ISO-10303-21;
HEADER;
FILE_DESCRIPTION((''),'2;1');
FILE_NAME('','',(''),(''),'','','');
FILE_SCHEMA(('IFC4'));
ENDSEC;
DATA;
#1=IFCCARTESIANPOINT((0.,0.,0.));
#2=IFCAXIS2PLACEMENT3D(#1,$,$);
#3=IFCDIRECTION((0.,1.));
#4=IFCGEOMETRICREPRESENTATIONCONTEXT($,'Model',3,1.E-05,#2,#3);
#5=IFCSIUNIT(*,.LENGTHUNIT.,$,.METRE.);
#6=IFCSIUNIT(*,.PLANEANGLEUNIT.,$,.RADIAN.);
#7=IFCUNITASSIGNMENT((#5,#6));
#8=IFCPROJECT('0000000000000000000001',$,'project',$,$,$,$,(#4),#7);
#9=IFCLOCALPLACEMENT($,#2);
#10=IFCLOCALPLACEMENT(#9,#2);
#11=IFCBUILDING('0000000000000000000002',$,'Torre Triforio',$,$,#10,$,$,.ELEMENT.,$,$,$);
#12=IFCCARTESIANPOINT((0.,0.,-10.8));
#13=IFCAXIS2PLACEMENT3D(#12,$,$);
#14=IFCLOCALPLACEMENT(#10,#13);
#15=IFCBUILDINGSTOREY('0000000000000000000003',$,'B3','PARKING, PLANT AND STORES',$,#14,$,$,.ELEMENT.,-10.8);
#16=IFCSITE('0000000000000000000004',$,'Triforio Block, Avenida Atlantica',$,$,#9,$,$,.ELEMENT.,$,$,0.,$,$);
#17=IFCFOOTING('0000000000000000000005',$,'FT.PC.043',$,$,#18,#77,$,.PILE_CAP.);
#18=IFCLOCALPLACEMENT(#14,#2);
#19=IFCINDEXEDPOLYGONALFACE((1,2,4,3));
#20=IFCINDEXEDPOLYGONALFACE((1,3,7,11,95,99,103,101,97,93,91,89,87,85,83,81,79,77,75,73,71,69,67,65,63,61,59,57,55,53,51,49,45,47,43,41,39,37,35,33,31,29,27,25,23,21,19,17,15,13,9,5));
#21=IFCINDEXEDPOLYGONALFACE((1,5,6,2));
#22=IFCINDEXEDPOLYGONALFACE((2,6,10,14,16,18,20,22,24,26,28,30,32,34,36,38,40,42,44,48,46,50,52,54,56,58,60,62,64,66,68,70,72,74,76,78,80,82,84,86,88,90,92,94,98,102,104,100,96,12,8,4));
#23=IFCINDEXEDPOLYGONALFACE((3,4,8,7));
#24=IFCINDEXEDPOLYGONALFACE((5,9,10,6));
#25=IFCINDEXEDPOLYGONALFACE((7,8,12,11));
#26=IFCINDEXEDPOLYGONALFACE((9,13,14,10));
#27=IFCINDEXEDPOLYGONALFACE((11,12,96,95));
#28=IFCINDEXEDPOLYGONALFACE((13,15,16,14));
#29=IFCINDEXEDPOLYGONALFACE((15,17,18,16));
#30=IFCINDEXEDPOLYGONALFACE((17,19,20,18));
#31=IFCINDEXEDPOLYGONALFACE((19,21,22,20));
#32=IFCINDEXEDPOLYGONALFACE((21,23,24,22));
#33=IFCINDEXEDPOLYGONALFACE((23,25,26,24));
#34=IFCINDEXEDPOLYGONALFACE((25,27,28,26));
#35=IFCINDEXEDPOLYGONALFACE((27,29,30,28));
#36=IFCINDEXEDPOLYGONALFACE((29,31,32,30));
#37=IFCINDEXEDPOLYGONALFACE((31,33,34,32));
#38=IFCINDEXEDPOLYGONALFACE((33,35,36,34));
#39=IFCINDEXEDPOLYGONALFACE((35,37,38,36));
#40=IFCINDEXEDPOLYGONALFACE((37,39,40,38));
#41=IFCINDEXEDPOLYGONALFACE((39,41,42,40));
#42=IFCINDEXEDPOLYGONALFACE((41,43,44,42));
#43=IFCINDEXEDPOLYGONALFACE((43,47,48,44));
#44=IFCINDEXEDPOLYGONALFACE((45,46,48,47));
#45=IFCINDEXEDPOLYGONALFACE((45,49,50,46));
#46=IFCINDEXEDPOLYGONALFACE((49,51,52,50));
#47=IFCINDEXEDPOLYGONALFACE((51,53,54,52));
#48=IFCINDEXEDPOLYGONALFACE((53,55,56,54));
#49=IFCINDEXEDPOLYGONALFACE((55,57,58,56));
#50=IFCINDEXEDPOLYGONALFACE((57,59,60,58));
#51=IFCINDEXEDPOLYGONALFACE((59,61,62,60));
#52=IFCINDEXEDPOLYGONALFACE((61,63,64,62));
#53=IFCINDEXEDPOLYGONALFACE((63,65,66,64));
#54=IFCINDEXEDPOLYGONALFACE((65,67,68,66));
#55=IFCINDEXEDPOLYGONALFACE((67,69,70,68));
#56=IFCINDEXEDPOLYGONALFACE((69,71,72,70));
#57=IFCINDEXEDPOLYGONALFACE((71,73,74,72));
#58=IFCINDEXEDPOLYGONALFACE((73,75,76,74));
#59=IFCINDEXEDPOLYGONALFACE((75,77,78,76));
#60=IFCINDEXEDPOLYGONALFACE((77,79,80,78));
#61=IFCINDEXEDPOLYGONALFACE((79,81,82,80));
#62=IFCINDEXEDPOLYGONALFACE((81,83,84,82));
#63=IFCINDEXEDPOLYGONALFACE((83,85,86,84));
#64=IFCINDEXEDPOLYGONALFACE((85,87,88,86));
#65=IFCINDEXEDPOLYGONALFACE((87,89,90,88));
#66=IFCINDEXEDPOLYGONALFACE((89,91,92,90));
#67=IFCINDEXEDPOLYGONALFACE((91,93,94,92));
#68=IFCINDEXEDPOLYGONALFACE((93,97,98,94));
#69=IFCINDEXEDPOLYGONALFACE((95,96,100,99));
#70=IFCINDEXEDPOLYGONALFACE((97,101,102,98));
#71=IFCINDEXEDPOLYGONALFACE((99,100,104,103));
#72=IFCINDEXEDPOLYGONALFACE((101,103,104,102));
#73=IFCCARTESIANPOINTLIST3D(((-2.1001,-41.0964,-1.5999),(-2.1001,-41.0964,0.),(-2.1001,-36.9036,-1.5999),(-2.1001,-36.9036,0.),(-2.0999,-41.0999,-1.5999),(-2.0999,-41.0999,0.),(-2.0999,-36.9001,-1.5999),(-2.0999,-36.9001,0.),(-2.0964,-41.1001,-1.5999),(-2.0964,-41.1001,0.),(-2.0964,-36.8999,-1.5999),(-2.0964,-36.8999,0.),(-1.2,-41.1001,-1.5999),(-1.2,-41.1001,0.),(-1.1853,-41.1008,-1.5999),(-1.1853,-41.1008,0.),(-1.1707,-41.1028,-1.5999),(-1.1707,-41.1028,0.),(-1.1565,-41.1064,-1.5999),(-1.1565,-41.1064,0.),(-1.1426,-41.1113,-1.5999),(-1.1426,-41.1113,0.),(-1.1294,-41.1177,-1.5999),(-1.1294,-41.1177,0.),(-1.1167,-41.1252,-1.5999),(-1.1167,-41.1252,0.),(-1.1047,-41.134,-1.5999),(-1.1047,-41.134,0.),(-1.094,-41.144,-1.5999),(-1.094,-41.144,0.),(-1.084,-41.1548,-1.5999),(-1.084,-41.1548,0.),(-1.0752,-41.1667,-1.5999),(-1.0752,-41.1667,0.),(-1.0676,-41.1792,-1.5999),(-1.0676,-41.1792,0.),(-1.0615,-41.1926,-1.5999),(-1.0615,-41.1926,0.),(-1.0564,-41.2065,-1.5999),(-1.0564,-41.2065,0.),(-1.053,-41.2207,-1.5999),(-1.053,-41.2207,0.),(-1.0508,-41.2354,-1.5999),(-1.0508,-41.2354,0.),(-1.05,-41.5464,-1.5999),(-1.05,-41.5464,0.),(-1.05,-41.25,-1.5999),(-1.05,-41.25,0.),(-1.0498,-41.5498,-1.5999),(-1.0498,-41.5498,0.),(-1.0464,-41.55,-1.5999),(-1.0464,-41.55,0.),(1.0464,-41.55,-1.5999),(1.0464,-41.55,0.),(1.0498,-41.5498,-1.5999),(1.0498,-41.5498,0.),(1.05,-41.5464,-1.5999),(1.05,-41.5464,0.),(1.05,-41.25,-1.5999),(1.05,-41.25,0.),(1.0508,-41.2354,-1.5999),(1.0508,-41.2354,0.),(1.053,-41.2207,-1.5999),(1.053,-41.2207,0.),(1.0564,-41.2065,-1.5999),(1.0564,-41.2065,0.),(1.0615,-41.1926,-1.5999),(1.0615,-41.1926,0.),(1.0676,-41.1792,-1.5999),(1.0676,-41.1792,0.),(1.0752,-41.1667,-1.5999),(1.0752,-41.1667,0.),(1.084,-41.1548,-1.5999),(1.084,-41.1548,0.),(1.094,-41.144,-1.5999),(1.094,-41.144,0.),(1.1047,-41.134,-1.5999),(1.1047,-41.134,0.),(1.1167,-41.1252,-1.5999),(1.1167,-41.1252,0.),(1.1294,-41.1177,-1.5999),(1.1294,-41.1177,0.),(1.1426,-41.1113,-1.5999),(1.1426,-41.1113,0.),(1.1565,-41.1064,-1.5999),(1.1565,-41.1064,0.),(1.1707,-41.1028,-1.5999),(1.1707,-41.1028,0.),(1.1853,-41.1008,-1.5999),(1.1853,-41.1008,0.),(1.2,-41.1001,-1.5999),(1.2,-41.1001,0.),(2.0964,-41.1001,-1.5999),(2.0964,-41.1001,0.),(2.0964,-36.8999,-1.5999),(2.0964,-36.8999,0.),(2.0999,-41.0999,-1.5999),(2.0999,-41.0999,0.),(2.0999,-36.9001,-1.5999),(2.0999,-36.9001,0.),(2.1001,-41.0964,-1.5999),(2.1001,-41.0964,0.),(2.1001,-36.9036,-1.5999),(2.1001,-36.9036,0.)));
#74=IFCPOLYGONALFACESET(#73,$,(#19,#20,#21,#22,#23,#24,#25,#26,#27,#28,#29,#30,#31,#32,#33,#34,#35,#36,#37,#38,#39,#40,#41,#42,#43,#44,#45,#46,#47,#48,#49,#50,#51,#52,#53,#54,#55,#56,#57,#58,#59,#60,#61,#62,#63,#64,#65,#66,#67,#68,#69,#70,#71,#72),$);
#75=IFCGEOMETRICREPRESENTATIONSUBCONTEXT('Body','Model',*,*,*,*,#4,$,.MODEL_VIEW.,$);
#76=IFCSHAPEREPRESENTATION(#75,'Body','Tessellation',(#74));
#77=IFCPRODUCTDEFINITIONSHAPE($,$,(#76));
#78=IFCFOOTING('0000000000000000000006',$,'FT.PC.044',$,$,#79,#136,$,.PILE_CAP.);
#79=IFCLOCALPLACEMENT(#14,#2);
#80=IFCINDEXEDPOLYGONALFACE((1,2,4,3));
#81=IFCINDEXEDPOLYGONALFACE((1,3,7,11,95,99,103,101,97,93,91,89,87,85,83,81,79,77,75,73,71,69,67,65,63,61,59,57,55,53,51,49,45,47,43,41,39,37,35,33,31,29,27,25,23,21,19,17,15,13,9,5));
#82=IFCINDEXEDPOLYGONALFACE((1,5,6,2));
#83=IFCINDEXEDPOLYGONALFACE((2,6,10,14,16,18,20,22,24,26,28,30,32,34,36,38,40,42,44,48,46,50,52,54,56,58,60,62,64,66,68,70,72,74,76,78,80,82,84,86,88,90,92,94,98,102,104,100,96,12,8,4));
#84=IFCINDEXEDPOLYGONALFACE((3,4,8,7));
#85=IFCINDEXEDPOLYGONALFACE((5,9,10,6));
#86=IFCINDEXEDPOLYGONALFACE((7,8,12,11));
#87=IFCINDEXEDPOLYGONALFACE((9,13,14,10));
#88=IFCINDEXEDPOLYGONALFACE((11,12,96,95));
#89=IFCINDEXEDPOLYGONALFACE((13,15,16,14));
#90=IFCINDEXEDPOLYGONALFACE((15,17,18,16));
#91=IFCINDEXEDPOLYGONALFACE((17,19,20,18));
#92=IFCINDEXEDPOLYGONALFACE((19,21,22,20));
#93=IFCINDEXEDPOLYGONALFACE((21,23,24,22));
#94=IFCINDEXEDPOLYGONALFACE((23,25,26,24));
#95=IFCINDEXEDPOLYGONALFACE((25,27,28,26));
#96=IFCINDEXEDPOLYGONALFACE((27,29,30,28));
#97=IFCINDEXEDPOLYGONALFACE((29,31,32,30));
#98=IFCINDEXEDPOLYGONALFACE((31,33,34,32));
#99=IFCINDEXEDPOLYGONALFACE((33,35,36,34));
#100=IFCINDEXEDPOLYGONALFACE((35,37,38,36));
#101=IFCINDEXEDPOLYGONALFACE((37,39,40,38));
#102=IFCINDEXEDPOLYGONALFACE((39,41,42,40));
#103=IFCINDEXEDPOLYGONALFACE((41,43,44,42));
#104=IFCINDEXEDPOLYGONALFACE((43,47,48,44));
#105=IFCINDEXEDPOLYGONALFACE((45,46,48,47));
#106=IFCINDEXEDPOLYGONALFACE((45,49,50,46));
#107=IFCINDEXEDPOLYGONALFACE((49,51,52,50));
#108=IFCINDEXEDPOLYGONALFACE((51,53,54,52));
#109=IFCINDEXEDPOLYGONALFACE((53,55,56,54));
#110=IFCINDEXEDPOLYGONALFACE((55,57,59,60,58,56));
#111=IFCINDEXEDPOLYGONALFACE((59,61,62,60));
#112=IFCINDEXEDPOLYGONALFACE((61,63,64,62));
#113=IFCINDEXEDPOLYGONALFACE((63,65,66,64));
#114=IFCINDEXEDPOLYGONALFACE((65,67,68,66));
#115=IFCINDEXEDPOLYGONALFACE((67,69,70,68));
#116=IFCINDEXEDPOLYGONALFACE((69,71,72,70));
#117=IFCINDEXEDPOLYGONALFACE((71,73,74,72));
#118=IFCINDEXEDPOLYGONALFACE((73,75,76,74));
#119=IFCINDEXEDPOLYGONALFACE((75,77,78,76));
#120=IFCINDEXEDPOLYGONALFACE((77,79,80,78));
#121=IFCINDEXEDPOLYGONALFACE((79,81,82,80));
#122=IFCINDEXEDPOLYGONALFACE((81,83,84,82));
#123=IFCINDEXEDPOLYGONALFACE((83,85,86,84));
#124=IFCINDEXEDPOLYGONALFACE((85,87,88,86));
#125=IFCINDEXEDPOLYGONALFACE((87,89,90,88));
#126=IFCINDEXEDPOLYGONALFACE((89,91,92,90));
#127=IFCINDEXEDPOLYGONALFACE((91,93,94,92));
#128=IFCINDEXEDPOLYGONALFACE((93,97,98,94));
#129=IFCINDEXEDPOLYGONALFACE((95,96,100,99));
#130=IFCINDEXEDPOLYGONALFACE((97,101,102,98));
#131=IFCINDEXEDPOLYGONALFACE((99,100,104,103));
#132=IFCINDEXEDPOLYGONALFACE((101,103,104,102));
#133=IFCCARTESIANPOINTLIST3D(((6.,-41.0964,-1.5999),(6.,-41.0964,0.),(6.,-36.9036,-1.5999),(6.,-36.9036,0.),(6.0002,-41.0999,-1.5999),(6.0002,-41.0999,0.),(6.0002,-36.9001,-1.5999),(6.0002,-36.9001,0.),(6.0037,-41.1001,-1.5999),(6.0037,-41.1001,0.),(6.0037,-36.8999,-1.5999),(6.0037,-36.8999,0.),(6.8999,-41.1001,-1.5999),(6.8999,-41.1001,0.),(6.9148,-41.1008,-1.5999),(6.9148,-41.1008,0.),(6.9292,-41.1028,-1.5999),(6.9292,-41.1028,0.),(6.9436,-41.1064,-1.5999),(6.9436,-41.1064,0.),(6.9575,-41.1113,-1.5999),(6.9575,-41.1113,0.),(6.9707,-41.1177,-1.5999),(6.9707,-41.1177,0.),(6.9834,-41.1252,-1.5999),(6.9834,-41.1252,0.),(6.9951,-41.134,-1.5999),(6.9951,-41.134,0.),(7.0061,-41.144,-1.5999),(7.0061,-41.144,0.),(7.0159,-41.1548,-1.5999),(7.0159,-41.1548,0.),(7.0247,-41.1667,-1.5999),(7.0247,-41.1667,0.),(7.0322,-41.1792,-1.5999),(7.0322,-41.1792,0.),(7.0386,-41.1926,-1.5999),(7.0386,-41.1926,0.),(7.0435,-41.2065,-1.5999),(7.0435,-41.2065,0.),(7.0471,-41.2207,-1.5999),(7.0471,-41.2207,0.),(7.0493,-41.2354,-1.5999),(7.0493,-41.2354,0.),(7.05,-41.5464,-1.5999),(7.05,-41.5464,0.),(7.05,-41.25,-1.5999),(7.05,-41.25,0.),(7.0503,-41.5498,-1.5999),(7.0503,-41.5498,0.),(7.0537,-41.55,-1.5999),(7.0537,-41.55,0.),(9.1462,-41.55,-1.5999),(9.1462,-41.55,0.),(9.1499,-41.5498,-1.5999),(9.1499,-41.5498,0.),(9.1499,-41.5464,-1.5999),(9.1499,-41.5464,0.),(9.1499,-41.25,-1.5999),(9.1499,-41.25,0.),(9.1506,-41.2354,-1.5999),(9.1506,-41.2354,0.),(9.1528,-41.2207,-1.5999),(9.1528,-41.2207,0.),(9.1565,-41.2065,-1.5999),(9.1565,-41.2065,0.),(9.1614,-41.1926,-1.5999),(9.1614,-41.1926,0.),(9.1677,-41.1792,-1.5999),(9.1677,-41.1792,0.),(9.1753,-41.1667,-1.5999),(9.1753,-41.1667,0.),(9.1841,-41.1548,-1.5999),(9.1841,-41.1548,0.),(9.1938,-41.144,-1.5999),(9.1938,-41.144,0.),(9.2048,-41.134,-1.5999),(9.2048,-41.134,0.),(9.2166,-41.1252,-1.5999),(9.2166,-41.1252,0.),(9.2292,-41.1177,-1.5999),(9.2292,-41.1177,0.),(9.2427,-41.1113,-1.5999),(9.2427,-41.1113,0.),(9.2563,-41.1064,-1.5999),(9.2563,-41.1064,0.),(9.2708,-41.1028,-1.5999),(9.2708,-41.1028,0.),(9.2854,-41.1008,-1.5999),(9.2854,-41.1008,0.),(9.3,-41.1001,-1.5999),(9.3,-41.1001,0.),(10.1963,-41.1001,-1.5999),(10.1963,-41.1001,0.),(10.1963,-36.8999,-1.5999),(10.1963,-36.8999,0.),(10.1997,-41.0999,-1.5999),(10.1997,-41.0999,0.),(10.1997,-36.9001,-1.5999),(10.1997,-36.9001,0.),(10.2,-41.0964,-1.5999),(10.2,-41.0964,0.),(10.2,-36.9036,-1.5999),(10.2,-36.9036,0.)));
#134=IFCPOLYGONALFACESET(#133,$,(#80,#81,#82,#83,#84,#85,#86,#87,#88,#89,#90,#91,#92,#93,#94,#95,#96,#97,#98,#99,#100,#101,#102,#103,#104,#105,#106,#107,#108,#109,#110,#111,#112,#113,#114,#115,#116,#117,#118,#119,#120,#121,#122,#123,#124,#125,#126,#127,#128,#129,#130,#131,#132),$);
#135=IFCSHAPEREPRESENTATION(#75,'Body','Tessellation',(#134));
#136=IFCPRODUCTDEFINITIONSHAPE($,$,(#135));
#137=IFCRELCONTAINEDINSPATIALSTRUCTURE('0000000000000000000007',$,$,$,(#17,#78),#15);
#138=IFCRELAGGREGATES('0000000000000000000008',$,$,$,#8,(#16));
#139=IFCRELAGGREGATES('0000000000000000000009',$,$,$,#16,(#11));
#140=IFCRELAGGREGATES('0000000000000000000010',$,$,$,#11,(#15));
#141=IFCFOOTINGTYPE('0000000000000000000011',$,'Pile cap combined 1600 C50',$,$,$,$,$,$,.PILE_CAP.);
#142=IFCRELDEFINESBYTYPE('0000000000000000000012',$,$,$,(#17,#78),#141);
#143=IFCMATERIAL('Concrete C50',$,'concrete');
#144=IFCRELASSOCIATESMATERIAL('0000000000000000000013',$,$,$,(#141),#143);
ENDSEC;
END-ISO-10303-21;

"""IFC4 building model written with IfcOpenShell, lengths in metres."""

from ifc_helpers import new_model, si_unit, direction, frame, origin, place, context, subcontext, project, spatial, polyline, outline, extrude, material, type_object, element, save


model = new_model("IFC4")

# Units and contexts
model_context = context("Model", 3, precision=1e-05, world=origin(), true_north=direction((0.0, 1.0)))
body_context = subcontext(model_context, "Body", "Model", "MODEL_VIEW")
ifc_project = project(units=[si_unit("LENGTHUNIT", "METRE"), si_unit("PLANEANGLEUNIT", "RADIAN")], contexts=[model_context])

# Site, building, storey
site_placement = place(None, origin())
site = spatial("IfcSite", under=ifc_project, at=site_placement, Name="Triforio Block, Avenida Atlantica", CompositionType="ELEMENT", RefElevation=0.0)
building_placement = place(site_placement, origin())
building = spatial("IfcBuilding", under=site, at=building_placement, Name="Torre Triforio", CompositionType="ELEMENT")
storey_placement = place(building_placement, frame((0.0, 0.0, -10.8)))
storey = spatial("IfcBuildingStorey", under=building, at=storey_placement, Name="B3", Description="PARKING, PLANT AND STORES", CompositionType="ELEMENT", Elevation=-10.8)

# Footings
ifc_material_1 = material(Name="Concrete C50", Category="concrete")
footing_type_1 = type_object("IfcFootingType", Name="Pile cap combined 1600 C50", PredefinedType="PILE_CAP", material=ifc_material_1)
footing_1_placement = place(storey_placement, frame((0.0, 0.0, -1.5999)))
element("IfcFooting", 1, at=footing_1_placement, inside=storey, type_object=footing_type_1, Name="FT.PC.043", PredefinedType="PILE_CAP", context=body_context, shape_type="SweptSolid", body=[
    extrude(outline(polyline([(-2.0999, -41.0999), (-2.0964, -41.1001), (-1.2, -41.1001), (-1.1853, -41.1008), (-1.1707, -41.1028), (-1.1565, -41.1064), (-1.1426, -41.1113), (-1.1294, -41.1177), (-1.1167, -41.1252), (-1.1047, -41.134), (-1.094, -41.144), (-1.084, -41.1548), (-1.0752, -41.1667), (-1.0676, -41.1792), (-1.0615, -41.1926), (-1.0564, -41.2065), (-1.053, -41.2207), (-1.0508, -41.2354), (-1.05, -41.25), (-1.05, -41.5464), (-1.0498, -41.5498), (-1.0464, -41.55), (1.0464, -41.55), (1.0498, -41.5498), (1.05, -41.5464), (1.05, -41.25), (1.0508, -41.2354), (1.053, -41.2207), (1.0564, -41.2065), (1.0615, -41.1926), (1.0676, -41.1792), (1.0752, -41.1667), (1.084, -41.1548), (1.094, -41.144), (1.1047, -41.134), (1.1167, -41.1252), (1.1294, -41.1177), (1.1426, -41.1113), (1.1565, -41.1064), (1.1707, -41.1028), (1.1853, -41.1008), (1.2, -41.1001), (2.0964, -41.1001), (2.0999, -41.0999), (2.1001, -41.0964), (2.1001, -36.9036), (2.0999, -36.9001), (2.0964, -36.8999), (-2.0964, -36.8999), (-2.0999, -36.9001), (-2.1001, -36.9036), (-2.1001, -41.0964), (-2.0999, -41.0999)])), origin(), (0.0, 0.0, 1.0), 1.5999),
])
footing_2_placement = place(storey_placement, frame((0.0, 0.0, -1.5999)))
element("IfcFooting", 2, at=footing_2_placement, inside=storey, type_object=footing_type_1, Name="FT.PC.044", PredefinedType="PILE_CAP", context=body_context, shape_type="SweptSolid", body=[
    extrude(outline(polyline([(6.0002, -41.0999), (6.0037, -41.1001), (6.8999, -41.1001), (6.9148, -41.1008), (6.9292, -41.1028), (6.9436, -41.1064), (6.9575, -41.1113), (6.9707, -41.1177), (6.9834, -41.1252), (6.9951, -41.134), (7.0061, -41.144), (7.0159, -41.1548), (7.0247, -41.1667), (7.0322, -41.1792), (7.0386, -41.1926), (7.0435, -41.2065), (7.0471, -41.2207), (7.0493, -41.2354), (7.05, -41.25), (7.05, -41.5464), (7.0503, -41.5498), (7.0537, -41.55), (9.1462, -41.55), (9.1499, -41.5498), (9.1499, -41.5464), (9.1499, -41.25), (9.1506, -41.2354), (9.1528, -41.2207), (9.1565, -41.2065), (9.1614, -41.1926), (9.1677, -41.1792), (9.1753, -41.1667), (9.1841, -41.1548), (9.1938, -41.144), (9.2048, -41.134), (9.2166, -41.1252), (9.2292, -41.1177), (9.2427, -41.1113), (9.2563, -41.1064), (9.2708, -41.1028), (9.2854, -41.1008), (9.3, -41.1001), (10.1963, -41.1001), (10.1997, -41.0999), (10.2, -41.0964), (10.2, -36.9036), (10.1997, -36.9001), (10.1963, -36.8999), (6.0037, -36.8999), (6.0002, -36.9001), (6.0, -36.9036), (6.0, -41.0964), (6.0002, -41.0999)])), origin(), (0.0, 0.0, 1.0), 1.5999),
])

save(model, "model.ifc")
